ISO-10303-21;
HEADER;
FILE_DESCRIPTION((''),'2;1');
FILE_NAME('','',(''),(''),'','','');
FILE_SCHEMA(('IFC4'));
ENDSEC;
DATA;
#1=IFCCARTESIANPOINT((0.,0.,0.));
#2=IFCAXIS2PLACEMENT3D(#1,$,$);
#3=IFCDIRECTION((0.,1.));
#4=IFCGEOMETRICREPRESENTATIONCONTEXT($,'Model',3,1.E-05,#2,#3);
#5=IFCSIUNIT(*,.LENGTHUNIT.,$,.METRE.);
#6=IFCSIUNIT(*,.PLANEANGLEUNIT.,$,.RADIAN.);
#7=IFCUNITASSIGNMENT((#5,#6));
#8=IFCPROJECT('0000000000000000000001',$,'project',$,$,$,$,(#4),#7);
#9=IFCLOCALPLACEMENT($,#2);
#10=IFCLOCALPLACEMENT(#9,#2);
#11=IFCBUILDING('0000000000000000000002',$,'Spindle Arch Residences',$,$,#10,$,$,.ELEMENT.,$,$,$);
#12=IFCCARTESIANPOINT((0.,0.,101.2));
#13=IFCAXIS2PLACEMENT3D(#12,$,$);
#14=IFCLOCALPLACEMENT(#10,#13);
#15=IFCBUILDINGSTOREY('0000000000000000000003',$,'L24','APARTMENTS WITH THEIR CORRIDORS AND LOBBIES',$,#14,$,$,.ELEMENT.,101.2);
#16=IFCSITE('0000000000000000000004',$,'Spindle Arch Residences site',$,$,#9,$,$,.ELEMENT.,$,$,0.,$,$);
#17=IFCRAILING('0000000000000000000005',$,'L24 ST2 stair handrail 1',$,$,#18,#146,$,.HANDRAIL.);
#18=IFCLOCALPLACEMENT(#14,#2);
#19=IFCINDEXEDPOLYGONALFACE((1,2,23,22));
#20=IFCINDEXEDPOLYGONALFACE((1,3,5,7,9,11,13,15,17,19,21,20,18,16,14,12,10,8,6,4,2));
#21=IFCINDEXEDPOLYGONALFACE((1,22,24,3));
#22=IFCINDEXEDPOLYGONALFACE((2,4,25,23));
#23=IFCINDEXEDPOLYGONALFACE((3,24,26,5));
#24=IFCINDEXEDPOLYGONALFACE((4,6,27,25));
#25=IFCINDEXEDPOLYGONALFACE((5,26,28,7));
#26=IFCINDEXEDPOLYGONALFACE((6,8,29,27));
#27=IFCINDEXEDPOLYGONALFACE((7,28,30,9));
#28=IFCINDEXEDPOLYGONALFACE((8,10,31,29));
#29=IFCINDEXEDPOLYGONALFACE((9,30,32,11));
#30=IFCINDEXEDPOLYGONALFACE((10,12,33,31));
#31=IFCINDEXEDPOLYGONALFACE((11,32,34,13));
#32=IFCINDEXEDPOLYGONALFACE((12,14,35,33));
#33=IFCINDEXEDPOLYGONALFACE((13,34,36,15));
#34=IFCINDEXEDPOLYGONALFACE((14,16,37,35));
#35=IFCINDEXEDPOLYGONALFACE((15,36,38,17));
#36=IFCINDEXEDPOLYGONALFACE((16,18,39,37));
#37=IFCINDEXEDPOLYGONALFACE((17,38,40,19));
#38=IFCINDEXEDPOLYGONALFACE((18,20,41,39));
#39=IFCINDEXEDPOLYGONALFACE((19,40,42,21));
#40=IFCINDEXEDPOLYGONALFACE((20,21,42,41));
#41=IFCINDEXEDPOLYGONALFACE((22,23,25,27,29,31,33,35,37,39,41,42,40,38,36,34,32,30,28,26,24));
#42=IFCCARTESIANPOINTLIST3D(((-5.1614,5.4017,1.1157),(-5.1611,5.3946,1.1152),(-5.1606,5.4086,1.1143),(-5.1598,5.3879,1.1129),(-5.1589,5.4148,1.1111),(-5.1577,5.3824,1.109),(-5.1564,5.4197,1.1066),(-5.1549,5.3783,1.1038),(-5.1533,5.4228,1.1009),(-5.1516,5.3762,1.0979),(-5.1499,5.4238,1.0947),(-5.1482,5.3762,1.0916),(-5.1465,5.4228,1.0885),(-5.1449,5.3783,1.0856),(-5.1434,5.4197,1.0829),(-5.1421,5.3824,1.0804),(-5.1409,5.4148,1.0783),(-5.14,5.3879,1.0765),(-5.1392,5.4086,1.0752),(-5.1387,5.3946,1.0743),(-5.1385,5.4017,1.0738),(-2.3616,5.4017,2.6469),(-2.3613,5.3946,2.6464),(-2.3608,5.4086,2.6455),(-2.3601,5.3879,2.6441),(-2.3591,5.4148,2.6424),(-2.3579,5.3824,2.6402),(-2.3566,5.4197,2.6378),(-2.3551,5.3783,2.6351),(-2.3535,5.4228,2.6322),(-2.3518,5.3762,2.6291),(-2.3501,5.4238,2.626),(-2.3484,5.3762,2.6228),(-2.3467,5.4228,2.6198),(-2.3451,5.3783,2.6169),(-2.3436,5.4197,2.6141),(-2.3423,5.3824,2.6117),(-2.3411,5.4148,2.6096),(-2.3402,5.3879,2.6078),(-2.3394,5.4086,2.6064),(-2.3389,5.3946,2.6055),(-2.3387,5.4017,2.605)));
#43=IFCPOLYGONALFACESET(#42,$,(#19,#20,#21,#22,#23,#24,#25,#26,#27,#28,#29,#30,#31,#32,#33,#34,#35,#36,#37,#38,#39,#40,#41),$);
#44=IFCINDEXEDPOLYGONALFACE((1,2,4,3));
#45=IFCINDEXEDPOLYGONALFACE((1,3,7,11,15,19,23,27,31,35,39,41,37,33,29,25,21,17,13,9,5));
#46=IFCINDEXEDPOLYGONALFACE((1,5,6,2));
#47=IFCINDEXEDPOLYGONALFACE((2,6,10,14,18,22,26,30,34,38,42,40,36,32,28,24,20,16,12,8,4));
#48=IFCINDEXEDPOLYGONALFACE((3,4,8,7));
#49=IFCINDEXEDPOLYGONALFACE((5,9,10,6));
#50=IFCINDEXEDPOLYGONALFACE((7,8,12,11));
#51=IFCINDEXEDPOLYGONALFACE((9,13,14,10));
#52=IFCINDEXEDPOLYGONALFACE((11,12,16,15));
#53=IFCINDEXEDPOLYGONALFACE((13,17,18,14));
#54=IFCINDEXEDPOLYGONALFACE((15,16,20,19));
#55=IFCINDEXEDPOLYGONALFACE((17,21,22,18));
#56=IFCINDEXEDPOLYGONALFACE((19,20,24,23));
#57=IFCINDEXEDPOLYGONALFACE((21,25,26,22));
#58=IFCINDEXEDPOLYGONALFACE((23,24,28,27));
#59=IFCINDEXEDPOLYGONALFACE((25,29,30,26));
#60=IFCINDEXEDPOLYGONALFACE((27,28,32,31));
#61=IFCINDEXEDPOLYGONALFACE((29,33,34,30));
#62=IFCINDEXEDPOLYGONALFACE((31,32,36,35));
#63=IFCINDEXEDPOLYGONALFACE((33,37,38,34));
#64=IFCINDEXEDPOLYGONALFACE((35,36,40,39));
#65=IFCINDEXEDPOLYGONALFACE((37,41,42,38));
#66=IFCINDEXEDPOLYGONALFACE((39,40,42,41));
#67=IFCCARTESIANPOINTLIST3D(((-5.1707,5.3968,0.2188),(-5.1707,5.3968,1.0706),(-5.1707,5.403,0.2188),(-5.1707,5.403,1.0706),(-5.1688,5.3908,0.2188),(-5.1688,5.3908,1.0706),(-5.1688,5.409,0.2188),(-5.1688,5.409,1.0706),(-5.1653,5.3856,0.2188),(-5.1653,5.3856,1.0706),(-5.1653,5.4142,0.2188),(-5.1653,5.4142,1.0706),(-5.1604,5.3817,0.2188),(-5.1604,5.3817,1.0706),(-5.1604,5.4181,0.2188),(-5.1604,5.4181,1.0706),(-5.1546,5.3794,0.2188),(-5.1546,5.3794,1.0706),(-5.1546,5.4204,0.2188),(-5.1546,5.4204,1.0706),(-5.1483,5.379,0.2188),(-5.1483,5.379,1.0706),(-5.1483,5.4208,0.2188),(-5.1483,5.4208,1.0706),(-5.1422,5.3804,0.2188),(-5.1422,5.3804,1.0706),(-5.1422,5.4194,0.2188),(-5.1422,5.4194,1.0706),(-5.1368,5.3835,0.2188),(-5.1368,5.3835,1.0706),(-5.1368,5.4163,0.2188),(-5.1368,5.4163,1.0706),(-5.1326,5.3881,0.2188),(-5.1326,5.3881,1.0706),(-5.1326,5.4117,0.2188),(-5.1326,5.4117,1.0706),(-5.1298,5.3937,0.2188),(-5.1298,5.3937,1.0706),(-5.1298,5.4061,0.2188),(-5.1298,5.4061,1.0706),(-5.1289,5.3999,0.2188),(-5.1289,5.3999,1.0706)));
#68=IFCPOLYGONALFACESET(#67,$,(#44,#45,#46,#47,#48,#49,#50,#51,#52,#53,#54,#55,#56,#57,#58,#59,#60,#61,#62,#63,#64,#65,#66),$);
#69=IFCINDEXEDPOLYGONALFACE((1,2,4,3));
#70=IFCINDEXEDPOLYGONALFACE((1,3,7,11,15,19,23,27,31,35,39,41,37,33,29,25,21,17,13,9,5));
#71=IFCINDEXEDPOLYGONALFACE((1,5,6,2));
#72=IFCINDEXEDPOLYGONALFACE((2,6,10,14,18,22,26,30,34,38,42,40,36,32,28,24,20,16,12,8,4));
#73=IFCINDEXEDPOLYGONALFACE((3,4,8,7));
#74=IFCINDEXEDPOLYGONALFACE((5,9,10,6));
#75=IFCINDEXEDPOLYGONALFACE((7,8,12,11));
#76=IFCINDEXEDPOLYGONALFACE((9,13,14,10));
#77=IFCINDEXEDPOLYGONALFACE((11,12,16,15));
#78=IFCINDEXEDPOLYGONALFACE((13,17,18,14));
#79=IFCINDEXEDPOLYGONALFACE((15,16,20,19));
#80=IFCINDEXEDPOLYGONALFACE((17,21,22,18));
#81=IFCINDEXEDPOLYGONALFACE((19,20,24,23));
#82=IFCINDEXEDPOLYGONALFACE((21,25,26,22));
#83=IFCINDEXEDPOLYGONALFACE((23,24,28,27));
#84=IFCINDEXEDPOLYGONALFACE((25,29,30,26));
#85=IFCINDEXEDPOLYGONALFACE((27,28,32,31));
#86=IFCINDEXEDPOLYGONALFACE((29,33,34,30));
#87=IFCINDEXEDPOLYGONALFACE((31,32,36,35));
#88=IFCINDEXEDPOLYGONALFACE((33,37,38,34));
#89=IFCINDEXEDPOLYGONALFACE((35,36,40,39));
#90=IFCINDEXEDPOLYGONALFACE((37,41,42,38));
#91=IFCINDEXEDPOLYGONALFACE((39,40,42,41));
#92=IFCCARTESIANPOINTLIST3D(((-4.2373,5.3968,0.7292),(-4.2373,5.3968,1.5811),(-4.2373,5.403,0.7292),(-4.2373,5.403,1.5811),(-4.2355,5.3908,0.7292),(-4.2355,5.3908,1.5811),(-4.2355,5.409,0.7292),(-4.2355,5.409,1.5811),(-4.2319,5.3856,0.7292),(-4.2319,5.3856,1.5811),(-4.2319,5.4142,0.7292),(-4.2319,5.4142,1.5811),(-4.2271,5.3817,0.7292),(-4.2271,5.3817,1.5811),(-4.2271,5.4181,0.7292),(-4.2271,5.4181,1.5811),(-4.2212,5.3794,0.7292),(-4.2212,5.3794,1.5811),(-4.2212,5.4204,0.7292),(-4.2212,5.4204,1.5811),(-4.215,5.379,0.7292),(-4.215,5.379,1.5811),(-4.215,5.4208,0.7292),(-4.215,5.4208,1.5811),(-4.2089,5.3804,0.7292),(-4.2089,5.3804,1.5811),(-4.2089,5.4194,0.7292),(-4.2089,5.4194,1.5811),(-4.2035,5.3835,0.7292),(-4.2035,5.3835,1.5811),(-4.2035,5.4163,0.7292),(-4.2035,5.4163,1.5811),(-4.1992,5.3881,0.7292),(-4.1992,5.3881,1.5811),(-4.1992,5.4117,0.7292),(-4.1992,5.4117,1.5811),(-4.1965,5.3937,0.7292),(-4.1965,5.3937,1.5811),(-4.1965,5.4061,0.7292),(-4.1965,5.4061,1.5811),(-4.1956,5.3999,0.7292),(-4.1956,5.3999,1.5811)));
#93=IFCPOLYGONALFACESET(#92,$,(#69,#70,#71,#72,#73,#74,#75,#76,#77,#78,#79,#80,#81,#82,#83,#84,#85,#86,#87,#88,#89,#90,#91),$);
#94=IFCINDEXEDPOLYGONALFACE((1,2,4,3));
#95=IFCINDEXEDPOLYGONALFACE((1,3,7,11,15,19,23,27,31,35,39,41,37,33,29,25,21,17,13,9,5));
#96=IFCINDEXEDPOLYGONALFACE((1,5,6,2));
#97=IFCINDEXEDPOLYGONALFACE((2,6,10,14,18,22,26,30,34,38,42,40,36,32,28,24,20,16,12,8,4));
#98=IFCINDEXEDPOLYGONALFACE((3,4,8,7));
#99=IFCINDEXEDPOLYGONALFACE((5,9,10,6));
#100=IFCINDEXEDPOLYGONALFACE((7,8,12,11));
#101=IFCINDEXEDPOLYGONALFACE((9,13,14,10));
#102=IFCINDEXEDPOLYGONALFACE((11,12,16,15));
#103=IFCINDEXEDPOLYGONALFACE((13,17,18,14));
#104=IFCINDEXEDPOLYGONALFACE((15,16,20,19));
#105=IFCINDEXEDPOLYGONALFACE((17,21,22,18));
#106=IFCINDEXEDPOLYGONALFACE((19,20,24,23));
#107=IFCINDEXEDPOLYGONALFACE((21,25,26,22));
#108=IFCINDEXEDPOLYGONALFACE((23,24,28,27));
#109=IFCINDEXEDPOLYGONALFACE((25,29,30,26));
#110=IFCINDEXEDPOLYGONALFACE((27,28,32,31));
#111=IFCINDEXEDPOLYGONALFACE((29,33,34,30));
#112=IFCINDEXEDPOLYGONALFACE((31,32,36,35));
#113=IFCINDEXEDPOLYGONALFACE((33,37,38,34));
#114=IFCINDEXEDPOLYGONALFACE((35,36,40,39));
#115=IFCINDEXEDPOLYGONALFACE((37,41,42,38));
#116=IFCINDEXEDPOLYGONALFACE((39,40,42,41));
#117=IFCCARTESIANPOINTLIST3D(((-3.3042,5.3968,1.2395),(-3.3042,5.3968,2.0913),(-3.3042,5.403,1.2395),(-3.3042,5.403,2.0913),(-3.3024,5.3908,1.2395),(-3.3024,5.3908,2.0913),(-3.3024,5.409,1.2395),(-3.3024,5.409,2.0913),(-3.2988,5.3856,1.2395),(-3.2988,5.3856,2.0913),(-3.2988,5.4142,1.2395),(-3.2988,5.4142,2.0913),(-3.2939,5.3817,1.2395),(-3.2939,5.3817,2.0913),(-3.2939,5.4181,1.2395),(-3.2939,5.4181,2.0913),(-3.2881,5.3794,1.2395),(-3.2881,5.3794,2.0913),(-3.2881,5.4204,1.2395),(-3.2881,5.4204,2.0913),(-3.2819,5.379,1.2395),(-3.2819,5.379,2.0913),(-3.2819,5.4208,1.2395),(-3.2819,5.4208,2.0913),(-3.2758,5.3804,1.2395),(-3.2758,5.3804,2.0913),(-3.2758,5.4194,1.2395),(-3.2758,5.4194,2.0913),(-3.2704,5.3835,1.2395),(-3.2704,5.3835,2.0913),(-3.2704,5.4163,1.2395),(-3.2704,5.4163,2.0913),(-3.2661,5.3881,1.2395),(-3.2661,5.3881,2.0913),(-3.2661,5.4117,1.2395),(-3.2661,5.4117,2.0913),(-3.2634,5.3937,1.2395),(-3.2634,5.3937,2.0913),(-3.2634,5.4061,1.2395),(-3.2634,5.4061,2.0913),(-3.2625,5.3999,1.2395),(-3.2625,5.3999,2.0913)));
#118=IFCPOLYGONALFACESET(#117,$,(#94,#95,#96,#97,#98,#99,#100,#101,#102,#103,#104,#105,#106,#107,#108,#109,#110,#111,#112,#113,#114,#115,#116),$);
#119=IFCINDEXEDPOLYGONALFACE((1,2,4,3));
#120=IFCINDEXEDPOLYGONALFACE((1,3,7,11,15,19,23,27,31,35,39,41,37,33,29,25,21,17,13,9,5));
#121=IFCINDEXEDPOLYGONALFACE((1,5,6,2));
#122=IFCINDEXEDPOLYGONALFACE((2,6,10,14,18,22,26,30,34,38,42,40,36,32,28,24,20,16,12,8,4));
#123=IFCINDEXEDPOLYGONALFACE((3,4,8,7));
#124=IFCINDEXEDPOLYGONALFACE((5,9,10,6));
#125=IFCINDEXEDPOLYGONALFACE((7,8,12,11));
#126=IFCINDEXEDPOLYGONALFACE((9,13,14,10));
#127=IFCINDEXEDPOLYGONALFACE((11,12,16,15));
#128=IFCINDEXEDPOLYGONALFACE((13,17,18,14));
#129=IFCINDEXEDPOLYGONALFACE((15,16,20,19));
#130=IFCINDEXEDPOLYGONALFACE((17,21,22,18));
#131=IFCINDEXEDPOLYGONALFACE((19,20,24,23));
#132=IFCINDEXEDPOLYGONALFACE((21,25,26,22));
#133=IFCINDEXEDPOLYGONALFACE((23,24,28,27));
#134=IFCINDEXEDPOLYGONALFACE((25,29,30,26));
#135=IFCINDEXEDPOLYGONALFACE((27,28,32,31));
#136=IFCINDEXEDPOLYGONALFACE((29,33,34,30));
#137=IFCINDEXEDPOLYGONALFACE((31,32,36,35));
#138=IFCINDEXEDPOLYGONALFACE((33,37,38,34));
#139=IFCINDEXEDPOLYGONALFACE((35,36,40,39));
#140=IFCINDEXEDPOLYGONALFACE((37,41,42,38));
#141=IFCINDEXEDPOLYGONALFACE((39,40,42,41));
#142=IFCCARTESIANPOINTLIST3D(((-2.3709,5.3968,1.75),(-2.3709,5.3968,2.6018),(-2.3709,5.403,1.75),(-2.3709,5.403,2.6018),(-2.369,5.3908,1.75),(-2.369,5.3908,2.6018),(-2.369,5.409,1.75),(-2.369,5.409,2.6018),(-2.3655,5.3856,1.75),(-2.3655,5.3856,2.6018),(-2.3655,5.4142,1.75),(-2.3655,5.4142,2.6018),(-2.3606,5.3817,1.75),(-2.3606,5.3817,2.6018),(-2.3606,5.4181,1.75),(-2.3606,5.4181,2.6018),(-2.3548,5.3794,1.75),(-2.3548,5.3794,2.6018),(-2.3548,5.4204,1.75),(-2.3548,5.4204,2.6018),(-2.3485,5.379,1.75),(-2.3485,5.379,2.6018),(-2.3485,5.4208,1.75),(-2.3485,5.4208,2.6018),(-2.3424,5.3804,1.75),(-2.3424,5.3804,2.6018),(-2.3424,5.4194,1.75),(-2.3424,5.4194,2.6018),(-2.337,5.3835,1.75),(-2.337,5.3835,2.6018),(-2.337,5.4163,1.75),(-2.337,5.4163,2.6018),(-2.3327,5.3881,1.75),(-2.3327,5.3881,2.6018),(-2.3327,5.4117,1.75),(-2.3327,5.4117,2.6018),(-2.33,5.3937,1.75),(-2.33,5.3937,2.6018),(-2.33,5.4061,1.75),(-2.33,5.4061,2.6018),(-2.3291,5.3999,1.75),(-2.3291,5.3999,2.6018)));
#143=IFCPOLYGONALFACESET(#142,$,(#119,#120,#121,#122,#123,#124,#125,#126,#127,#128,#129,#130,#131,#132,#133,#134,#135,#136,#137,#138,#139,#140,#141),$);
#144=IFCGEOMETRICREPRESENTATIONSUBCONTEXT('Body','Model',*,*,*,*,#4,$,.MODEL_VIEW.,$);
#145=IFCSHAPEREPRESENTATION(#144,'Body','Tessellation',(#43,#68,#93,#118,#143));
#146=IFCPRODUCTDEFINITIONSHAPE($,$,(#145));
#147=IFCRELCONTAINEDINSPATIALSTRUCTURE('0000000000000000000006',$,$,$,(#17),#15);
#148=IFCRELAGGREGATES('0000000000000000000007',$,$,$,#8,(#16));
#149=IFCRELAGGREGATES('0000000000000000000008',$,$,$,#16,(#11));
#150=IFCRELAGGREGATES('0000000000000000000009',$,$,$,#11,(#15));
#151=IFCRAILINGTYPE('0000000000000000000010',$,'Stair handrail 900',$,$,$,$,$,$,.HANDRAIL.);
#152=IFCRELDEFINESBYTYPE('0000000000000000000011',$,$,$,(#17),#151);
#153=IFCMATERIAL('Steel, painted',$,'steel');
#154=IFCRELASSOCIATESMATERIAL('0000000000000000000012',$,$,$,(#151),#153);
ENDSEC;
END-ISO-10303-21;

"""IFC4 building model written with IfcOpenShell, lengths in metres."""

from ifc_helpers import new_model, si_unit, direction, frame, origin, origin_2d, place, context, subcontext, project, spatial, circle, extrude, material, type_object, element, save


model = new_model("IFC4")

# Units and contexts
model_context = context("Model", 3, precision=1e-05, world=origin(), true_north=direction((0.0, 1.0)))
body_context = subcontext(model_context, "Body", "Model", "MODEL_VIEW")
ifc_project = project(units=[si_unit("LENGTHUNIT", "METRE"), si_unit("PLANEANGLEUNIT", "RADIAN")], contexts=[model_context])

# Site, building, storey
site_placement = place(None, origin())
site = spatial("IfcSite", under=ifc_project, at=site_placement, Name="Spindle Arch Residences site", CompositionType="ELEMENT", RefElevation=0.0)
building_placement = place(site_placement, origin())
building = spatial("IfcBuilding", under=site, at=building_placement, Name="Spindle Arch Residences", CompositionType="ELEMENT")
storey_placement = place(building_placement, frame((0.0, 0.0, 101.2)))
storey = spatial("IfcBuildingStorey", under=building, at=storey_placement, Name="L24", Description="APARTMENTS WITH THEIR CORRIDORS AND LOBBIES", CompositionType="ELEMENT", Elevation=101.2)

# Railing
ifc_material_1 = material(Name="Steel, painted", Category="steel")
railing_type = type_object("IfcRailingType", Name="Stair handrail 900", PredefinedType="HANDRAIL", material=ifc_material_1)
railing_placement = place(storey_placement, frame((-5.1499, 5.3999, 0.2188)))
element("IfcRailing", 1, at=railing_placement, inside=storey, type_object=railing_type, Name="L24 ST2 stair handrail 1", PredefinedType="HANDRAIL", context=body_context, shape_type="SweptSolid", body=[
    extrude(circle(Radius=0.0239, at=origin_2d()), frame((0.0, 0.0, 0.876), z_axis=(0.877357, 0.0, 0.479838), x_axis=(0.0, 1.0, 0.0)), (0.0, 0.0, 1.0), 3.1912),
    extrude(circle(Radius=0.021, at=origin_2d()), origin(), (0.0, 0.0, 1.0), 0.8518),
    extrude(circle(Radius=0.021, at=origin_2d()), frame((0.9333, 0.0, 0.5105)), (0.0, 0.0, 1.0), 0.8518),
    extrude(circle(Radius=0.021, at=origin_2d()), frame((1.8665, 0.0, 1.0208)), (0.0, 0.0, 1.0), 0.8518),
    extrude(circle(Radius=0.021, at=origin_2d()), frame((2.7998, 0.0, 1.5312)), (0.0, 0.0, 1.0), 0.8518),
])

save(model, "model.ifc")
